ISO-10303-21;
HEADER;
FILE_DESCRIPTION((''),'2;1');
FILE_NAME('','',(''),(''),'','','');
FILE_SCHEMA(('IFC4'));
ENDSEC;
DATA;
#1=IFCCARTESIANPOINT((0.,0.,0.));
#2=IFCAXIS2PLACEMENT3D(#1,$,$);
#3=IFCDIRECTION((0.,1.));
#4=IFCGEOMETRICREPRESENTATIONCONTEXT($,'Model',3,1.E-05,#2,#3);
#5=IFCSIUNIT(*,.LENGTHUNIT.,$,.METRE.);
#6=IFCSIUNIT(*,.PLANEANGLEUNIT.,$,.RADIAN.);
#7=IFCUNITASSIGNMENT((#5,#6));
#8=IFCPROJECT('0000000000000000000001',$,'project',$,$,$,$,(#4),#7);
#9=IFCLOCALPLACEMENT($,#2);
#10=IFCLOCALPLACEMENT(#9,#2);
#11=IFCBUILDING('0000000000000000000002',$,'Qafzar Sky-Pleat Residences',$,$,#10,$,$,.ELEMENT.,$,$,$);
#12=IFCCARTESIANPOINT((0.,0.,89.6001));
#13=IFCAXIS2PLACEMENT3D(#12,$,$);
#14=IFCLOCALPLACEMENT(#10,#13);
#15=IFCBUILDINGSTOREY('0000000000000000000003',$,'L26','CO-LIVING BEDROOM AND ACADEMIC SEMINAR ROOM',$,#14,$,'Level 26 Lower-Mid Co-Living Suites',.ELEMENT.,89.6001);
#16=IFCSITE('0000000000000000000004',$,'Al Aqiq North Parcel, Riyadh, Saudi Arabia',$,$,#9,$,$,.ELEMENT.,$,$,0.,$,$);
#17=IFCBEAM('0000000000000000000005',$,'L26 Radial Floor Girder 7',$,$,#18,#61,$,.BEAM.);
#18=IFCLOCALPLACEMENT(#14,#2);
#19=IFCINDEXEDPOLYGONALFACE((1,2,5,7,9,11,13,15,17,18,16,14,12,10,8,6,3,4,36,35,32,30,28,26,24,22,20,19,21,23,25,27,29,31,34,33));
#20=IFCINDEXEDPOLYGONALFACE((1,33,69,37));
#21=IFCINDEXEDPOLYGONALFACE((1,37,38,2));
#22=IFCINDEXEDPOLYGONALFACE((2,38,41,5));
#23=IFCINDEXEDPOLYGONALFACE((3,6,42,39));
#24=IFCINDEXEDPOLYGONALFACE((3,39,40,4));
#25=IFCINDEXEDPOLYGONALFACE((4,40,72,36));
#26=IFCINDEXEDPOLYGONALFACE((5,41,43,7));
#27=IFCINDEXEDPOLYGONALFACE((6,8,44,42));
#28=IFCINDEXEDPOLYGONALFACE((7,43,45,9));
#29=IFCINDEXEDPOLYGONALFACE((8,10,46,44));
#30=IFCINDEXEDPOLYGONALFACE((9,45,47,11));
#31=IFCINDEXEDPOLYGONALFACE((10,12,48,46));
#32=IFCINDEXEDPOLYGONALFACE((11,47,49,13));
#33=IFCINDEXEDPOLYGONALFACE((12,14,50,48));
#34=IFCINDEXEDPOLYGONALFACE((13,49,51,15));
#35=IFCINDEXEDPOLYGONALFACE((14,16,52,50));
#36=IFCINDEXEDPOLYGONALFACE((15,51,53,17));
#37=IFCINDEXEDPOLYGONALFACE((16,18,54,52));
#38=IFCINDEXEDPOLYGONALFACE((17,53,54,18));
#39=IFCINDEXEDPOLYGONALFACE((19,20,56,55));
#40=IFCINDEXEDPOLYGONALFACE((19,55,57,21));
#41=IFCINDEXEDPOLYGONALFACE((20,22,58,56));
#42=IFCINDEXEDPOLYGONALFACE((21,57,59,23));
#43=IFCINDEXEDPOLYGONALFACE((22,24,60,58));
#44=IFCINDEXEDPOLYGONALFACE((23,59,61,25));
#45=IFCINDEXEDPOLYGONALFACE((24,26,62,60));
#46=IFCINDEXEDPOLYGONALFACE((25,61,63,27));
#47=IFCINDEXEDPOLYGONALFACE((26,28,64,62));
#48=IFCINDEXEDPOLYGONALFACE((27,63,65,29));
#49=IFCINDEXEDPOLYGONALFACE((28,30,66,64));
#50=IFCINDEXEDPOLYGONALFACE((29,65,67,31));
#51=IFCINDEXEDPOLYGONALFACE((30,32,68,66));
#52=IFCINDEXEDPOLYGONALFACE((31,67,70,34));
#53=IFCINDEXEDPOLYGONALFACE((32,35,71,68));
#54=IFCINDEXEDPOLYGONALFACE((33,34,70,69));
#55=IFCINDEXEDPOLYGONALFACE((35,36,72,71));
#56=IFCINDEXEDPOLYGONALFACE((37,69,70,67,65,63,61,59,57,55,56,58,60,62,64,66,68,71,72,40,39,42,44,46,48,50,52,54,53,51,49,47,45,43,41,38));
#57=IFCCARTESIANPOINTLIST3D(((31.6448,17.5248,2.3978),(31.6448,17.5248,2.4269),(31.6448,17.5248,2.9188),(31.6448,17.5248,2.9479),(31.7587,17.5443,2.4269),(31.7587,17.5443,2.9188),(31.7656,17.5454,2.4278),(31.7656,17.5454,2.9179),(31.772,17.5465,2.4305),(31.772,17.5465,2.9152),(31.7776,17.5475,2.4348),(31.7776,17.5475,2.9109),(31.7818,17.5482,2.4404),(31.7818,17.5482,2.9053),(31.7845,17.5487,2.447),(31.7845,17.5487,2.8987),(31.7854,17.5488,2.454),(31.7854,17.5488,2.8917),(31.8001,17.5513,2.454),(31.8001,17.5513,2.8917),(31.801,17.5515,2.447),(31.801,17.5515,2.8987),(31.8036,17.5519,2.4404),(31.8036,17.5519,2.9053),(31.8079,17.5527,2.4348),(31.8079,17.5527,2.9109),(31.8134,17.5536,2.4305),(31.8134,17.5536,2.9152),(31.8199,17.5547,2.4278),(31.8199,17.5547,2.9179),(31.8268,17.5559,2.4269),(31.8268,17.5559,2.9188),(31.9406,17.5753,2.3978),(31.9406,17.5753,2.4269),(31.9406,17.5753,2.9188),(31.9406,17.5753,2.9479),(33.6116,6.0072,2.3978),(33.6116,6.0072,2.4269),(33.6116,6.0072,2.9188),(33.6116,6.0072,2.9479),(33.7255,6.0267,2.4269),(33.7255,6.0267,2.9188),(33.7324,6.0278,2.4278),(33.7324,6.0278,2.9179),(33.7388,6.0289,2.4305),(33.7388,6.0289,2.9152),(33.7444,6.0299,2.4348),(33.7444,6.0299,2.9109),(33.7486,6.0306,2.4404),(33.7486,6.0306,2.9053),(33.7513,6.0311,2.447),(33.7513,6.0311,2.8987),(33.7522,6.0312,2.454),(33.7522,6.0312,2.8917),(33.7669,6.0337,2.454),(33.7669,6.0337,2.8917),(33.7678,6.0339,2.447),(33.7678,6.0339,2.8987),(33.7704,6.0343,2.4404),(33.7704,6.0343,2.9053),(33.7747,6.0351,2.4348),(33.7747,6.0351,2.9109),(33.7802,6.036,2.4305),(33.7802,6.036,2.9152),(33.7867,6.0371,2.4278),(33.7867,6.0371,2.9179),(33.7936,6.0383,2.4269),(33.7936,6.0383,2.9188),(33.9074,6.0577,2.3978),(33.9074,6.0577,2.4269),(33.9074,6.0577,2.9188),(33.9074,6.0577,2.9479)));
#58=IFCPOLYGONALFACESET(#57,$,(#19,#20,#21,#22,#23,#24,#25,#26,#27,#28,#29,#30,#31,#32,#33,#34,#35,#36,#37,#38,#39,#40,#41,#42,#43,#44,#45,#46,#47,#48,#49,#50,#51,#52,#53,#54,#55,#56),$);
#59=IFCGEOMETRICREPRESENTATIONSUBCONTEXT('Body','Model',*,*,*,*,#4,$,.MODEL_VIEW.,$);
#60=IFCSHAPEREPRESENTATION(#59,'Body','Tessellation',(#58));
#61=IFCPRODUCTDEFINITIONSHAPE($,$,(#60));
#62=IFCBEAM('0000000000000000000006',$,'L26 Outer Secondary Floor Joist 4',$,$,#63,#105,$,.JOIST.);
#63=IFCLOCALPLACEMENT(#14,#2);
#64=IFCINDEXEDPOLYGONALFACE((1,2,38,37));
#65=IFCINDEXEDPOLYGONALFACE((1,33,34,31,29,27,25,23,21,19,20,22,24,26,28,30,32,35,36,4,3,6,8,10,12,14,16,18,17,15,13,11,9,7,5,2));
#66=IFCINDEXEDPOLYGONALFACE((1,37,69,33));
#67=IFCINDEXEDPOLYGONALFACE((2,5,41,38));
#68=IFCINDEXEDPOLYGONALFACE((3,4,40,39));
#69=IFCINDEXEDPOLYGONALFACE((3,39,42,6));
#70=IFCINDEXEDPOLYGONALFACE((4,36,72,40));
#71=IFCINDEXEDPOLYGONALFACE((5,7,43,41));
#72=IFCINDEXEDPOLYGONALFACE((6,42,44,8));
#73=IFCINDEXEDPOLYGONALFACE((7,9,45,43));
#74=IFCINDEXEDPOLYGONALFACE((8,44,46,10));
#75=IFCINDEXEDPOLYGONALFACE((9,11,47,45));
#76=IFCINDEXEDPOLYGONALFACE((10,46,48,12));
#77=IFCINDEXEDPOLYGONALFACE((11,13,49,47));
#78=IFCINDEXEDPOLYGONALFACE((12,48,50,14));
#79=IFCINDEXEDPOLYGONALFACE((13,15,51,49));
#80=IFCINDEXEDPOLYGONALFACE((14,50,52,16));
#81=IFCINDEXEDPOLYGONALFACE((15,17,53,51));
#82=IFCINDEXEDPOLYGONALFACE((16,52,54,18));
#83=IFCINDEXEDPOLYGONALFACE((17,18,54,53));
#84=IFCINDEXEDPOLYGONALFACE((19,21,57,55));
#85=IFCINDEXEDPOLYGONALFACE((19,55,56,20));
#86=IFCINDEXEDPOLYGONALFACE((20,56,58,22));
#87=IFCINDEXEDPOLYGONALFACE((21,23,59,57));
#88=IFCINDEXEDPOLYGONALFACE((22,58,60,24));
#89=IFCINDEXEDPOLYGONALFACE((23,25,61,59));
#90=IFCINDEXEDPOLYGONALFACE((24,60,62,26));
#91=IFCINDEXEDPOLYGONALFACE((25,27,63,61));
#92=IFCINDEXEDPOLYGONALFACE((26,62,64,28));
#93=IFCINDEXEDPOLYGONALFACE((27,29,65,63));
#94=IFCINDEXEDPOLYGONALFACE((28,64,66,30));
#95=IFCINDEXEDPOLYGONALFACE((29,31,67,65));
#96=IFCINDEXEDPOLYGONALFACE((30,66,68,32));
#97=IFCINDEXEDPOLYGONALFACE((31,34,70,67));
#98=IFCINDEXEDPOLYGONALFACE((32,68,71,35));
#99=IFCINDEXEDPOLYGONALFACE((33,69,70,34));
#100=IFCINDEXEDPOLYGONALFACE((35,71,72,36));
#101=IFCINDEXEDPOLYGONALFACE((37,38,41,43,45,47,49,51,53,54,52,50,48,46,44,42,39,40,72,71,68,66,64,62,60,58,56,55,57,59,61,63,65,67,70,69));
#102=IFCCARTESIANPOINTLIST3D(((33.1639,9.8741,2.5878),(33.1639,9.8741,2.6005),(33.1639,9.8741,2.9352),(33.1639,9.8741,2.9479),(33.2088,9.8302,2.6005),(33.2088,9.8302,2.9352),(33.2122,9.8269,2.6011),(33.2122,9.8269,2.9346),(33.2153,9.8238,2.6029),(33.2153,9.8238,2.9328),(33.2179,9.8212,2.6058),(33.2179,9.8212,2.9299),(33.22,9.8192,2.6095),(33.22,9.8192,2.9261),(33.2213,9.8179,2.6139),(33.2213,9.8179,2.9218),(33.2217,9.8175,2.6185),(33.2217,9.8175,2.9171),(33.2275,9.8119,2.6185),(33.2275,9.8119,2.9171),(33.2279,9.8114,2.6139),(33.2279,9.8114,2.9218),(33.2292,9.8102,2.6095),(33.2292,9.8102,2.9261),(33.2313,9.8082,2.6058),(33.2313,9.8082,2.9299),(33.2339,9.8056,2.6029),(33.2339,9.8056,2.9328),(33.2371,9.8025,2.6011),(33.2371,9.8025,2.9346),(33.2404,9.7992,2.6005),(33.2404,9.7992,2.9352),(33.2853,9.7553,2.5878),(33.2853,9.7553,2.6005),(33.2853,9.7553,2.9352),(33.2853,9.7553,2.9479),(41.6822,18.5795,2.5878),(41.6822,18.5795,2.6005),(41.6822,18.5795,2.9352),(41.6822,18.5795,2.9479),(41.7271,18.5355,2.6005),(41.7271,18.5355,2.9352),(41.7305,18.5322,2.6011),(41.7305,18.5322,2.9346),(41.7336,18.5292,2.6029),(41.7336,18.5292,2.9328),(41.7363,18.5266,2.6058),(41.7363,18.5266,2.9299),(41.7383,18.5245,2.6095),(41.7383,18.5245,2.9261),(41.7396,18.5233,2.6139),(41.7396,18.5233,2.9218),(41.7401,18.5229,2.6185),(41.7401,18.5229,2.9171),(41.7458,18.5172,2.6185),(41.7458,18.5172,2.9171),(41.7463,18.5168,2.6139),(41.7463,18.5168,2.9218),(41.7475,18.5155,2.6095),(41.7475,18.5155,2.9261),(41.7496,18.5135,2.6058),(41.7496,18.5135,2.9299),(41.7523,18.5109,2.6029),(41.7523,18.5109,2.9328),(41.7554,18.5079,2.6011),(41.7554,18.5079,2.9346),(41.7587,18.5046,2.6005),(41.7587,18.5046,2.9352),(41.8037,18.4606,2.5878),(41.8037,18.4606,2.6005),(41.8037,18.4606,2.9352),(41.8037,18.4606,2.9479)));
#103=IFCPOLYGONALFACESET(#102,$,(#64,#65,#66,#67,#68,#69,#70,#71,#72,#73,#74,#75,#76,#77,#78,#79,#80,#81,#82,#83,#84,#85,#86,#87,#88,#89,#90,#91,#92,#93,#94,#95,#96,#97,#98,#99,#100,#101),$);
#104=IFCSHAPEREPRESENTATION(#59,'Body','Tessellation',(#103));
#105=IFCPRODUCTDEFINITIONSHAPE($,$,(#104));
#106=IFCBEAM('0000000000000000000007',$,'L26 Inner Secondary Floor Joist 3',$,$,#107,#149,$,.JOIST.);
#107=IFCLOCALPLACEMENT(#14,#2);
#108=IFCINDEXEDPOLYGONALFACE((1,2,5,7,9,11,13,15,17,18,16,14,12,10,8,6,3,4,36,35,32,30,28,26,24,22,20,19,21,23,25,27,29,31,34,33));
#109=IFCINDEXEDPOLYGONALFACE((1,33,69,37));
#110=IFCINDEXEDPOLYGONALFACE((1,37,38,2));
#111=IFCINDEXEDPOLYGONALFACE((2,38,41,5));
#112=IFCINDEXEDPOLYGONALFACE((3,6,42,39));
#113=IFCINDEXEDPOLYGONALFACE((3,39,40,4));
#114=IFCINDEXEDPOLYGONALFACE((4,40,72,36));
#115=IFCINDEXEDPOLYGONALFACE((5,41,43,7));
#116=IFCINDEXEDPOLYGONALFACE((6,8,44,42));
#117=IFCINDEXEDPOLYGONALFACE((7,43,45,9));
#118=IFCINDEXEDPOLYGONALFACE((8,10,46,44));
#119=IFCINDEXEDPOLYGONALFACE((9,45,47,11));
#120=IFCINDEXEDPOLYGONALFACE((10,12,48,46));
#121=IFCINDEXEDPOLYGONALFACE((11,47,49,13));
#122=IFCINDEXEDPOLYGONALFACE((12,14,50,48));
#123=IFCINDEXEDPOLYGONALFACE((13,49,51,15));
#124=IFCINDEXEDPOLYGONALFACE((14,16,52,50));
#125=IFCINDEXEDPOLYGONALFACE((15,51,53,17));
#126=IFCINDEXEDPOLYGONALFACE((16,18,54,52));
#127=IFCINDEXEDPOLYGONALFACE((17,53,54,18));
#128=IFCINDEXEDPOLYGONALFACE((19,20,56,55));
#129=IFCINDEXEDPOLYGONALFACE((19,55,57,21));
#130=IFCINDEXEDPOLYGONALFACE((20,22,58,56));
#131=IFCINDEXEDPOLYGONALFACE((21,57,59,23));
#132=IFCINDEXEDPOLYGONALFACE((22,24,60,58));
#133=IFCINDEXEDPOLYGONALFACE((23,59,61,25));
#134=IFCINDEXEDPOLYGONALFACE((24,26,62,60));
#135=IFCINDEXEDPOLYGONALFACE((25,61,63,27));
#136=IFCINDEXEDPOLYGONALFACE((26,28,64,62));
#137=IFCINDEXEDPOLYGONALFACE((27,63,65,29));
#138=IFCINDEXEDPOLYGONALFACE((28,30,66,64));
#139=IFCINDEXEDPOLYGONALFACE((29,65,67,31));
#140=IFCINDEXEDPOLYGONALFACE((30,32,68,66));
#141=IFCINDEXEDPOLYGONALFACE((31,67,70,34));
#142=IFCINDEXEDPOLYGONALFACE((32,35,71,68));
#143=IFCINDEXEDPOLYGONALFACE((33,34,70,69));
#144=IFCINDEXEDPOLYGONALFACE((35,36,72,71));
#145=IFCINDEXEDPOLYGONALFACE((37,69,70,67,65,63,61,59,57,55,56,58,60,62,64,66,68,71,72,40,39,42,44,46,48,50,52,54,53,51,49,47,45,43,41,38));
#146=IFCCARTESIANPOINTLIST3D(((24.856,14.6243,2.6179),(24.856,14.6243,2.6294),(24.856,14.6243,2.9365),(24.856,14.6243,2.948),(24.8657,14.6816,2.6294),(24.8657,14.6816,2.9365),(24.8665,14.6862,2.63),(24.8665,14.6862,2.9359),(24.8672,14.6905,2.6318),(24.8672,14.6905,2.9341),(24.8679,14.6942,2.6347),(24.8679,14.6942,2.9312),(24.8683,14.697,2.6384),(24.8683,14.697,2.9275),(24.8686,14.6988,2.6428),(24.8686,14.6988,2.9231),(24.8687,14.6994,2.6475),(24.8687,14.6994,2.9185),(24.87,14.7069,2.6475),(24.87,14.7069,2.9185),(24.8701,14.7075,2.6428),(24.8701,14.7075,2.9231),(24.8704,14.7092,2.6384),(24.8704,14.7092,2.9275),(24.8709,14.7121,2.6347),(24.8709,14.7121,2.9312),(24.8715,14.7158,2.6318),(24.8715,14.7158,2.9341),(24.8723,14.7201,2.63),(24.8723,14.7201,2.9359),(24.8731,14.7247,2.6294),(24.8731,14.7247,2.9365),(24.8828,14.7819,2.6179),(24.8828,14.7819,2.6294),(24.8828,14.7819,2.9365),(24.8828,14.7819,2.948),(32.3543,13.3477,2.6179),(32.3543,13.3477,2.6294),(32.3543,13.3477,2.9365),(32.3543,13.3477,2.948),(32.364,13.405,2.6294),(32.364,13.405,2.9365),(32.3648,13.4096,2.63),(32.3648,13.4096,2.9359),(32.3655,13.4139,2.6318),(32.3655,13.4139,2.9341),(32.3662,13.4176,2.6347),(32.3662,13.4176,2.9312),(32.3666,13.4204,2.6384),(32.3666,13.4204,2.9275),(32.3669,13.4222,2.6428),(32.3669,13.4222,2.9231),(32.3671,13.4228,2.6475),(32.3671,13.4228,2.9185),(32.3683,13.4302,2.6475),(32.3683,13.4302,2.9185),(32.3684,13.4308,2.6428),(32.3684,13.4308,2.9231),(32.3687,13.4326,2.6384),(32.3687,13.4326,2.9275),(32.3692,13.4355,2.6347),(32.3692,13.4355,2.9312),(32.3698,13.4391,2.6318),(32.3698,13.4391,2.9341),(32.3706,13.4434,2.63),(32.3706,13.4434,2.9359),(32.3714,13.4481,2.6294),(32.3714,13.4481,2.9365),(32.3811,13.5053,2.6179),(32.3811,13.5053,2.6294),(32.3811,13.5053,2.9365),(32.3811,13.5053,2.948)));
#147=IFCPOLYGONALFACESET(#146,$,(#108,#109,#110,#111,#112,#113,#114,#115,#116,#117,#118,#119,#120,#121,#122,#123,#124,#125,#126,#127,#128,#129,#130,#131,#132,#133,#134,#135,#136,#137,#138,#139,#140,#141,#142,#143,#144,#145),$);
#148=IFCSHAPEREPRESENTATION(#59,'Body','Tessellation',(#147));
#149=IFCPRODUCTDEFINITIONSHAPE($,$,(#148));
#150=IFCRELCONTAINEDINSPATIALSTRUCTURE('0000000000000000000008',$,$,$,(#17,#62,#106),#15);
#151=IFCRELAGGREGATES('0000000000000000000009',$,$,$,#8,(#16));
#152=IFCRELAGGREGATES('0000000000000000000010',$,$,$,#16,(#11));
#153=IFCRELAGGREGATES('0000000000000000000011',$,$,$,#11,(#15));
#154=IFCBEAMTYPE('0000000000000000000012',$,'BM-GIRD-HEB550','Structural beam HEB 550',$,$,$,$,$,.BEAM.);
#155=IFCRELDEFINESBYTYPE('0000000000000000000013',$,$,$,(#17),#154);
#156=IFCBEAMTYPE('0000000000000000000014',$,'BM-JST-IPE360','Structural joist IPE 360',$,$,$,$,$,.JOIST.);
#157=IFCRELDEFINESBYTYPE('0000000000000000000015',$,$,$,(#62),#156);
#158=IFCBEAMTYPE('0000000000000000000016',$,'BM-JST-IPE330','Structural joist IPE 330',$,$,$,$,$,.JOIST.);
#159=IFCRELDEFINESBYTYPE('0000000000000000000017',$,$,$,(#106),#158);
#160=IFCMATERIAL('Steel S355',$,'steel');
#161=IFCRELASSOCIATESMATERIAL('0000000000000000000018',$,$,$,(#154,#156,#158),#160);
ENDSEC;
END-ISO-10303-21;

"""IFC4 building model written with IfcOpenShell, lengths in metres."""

from ifc_helpers import new_model, si_unit, direction, frame, origin, origin_2d, place, context, subcontext, project, spatial, i_section, extrude, source, transform, mapped, material, material_profile, profile_set, type_object, element, save


model = new_model("IFC4")

# Units and contexts
model_context = context("Model", 3, precision=1e-05, world=origin(), true_north=direction((0.0, 1.0)))
body_context = subcontext(model_context, "Body", "Model", "MODEL_VIEW")
ifc_project = project(units=[si_unit("LENGTHUNIT", "METRE"), si_unit("PLANEANGLEUNIT", "RADIAN")], contexts=[model_context])

# Site, building, storey
site_placement = place(None, origin())
site = spatial("IfcSite", under=ifc_project, at=site_placement, Name="Al Aqiq North Parcel, Riyadh, Saudi Arabia", CompositionType="ELEMENT", RefElevation=0.0)
building_placement = place(site_placement, origin())
building = spatial("IfcBuilding", under=site, at=building_placement, Name="Qafzar Sky-Pleat Residences", CompositionType="ELEMENT")
storey_placement = place(building_placement, frame((0.0, 0.0, 89.6001)))
storey = spatial("IfcBuildingStorey", under=building, at=storey_placement, Name="L26", Description="CO-LIVING BEDROOM AND ACADEMIC SEMINAR ROOM", LongName="Level 26 Lower-Mid Co-Living Suites", CompositionType="ELEMENT", Elevation=89.6001)

# Beams
ifc_material_1 = material(Name="Steel S355", Category="steel")
ifc_material_profile_1 = material_profile(ifc_material_1, i_section(OverallWidth=0.3, OverallDepth=0.55, WebThickness=0.0149, FlangeThickness=0.0291, FilletRadius=0.0271, at=origin_2d()), Name="HEB 550")
ifc_profile_set_1 = profile_set([ifc_material_profile_1], Name="Steel S355")
beam_type_1 = type_object("IfcBeamType", Name="BM-GIRD-HEB550", Description="Structural beam HEB 550", PredefinedType="BEAM", material=ifc_profile_set_1)
shared_shape_1 = source(origin(), body_context, "Body", "SweptSolid", [
    extrude(i_section(OverallWidth=0.3, OverallDepth=0.55, WebThickness=0.0149, FlangeThickness=0.0291, FilletRadius=0.0271, at=origin_2d()), origin(), (0.0, 0.0, 1.0), 11.6843),
])
beam_1_placement = place(storey_placement, frame((33.7595, 6.0325, 2.6729), z_axis=(-0.168328, 0.985731, 0.0), x_axis=(-0.985731, -0.168328, 0.0)))
element("IfcBeam", 1, at=beam_1_placement, inside=storey, type_object=beam_type_1, Name="L26 Radial Floor Girder 7", PredefinedType="BEAM", context=body_context, shape_type="MappedRepresentation", body=[
    mapped(shared_shape_1, transform((0.0, 0.0, 0.0), x_axis=(1.0, 0.0, 0.0), y_axis=(0.0, 1.0, 0.0), z_axis=(0.0, 0.0, 1.0), scale=1.0)),
])
ifc_material_profile_2 = material_profile(ifc_material_1, i_section(OverallWidth=0.1699, OverallDepth=0.3601, WebThickness=0.0081, FlangeThickness=0.0127, FilletRadius=0.0181, at=origin_2d()), Name="IPE 360")
ifc_profile_set_2 = profile_set([ifc_material_profile_2], Name="Steel S355")
beam_type_2 = type_object("IfcBeamType", Name="BM-JST-IPE360", Description="Structural joist IPE 360", PredefinedType="JOIST", material=ifc_profile_set_2)
shared_shape_2 = source(origin(), body_context, "Body", "SweptSolid", [
    extrude(i_section(OverallWidth=0.1699, OverallDepth=0.3601, WebThickness=0.0081, FlangeThickness=0.0127, FilletRadius=0.0181, at=origin_2d()), origin(), (0.0, 0.0, 1.0), 12.1797),
])
beam_2_placement = place(storey_placement, frame((33.2246, 9.8147, 2.7678), z_axis=(0.699388, 0.714742, 0.0), x_axis=(-0.714742, 0.699388, 0.0)))
element("IfcBeam", 2, at=beam_2_placement, inside=storey, type_object=beam_type_2, Name="L26 Outer Secondary Floor Joist 4", PredefinedType="JOIST", context=body_context, shape_type="MappedRepresentation", body=[
    mapped(shared_shape_2, transform((0.0, 0.0, 0.0), x_axis=(1.0, 0.0, 0.0), y_axis=(0.0, 1.0, 0.0), z_axis=(0.0, 0.0, 1.0), scale=1.0)),
])
ifc_material_profile_3 = material_profile(ifc_material_1, i_section(OverallWidth=0.1599, OverallDepth=0.3301, WebThickness=0.0076, FlangeThickness=0.0115, FilletRadius=0.0181, at=origin_2d()), Name="IPE 330")
ifc_profile_set_3 = profile_set([ifc_material_profile_3], Name="Steel S355")
beam_type_3 = type_object("IfcBeamType", Name="BM-JST-IPE330", Description="Structural joist IPE 330", PredefinedType="JOIST", material=ifc_profile_set_3)
shared_shape_3 = source(origin(), body_context, "Body", "SweptSolid", [
    extrude(i_section(OverallWidth=0.1599, OverallDepth=0.3301, WebThickness=0.0076, FlangeThickness=0.0115, FilletRadius=0.0181, at=origin_2d()), origin(), (0.0, 0.0, 1.0), 7.6062),
])
beam_3_placement = place(storey_placement, frame((24.8694, 14.7031, 2.783), z_axis=(0.985815, -0.167839, 0.0), x_axis=(0.167839, 0.985815, 0.0)))
element("IfcBeam", 3, at=beam_3_placement, inside=storey, type_object=beam_type_3, Name="L26 Inner Secondary Floor Joist 3", PredefinedType="JOIST", context=body_context, shape_type="MappedRepresentation", body=[
    mapped(shared_shape_3, transform((0.0, 0.0, 0.0), x_axis=(1.0, 0.0, 0.0), y_axis=(0.0, 1.0, 0.0), z_axis=(0.0, 0.0, 1.0), scale=1.0)),
])

save(model, "model.ifc")
